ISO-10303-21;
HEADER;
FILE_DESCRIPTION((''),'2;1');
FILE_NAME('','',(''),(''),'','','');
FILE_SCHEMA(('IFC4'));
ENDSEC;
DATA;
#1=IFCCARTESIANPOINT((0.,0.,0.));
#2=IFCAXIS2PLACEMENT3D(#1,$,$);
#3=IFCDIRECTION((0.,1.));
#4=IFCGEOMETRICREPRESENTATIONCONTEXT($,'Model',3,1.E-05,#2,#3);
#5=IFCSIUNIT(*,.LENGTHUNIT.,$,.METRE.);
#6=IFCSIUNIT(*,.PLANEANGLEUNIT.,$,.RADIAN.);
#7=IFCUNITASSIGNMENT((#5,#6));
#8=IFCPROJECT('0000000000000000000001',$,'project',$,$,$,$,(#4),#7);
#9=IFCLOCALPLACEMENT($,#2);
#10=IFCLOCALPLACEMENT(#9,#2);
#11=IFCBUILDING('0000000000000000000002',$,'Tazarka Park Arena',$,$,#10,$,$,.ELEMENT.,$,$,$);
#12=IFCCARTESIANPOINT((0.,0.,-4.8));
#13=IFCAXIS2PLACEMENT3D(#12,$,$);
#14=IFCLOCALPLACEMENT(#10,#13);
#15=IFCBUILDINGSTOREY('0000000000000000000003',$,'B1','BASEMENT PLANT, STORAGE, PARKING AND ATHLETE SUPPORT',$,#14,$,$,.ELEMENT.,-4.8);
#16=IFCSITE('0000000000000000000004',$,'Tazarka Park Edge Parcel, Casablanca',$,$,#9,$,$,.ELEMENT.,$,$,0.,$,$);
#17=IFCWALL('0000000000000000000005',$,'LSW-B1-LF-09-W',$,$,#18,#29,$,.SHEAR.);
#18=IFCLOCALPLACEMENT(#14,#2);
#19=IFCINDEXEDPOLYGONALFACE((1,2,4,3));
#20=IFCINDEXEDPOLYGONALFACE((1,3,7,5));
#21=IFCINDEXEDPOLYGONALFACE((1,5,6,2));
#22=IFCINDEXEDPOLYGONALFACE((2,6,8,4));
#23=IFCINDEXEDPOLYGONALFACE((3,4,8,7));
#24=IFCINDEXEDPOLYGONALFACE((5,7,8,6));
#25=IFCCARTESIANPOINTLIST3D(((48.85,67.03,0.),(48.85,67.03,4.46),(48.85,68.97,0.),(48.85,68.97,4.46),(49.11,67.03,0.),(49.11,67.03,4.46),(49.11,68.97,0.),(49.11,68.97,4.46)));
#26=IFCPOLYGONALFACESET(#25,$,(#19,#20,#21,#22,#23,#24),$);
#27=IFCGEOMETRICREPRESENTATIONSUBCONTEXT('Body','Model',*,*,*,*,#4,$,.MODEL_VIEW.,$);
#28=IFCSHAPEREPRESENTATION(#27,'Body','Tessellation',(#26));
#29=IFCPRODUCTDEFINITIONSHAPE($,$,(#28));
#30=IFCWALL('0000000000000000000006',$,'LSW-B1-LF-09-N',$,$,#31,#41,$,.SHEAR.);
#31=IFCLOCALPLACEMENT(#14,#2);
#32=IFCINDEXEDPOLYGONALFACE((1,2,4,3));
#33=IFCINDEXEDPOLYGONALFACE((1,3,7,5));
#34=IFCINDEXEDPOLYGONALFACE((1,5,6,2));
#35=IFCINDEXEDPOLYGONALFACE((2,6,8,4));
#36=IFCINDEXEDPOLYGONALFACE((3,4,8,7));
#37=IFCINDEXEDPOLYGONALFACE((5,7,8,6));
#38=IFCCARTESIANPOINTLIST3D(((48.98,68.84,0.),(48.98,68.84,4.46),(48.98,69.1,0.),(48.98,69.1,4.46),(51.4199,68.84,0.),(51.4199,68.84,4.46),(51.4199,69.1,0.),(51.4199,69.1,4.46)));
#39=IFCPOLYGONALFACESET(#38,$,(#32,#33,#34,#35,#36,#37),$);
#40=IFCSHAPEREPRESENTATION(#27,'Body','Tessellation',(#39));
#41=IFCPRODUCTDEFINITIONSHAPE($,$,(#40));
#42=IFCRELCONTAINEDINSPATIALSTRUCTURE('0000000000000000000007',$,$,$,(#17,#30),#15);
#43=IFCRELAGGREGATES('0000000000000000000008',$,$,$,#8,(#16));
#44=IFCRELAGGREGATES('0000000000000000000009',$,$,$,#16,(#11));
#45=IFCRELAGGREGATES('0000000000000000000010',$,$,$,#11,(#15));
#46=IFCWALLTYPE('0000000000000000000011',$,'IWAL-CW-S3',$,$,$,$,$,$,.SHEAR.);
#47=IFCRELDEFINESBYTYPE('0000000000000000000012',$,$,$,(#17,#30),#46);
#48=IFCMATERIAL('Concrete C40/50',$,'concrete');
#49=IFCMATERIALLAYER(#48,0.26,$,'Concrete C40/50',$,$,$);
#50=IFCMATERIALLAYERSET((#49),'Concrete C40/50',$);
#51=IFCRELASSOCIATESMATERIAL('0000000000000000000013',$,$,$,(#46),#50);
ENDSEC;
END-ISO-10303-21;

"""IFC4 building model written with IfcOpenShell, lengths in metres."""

from ifc_helpers import new_model, si_unit, direction, frame, frame_2d, origin, place, context, subcontext, project, spatial, rectangle, extrude, material, layer, layer_set, type_object, element, save


model = new_model("IFC4")

# Units and contexts
model_context = context("Model", 3, precision=1e-05, world=origin(), true_north=direction((0.0, 1.0)))
body_context = subcontext(model_context, "Body", "Model", "MODEL_VIEW")
ifc_project = project(units=[si_unit("LENGTHUNIT", "METRE"), si_unit("PLANEANGLEUNIT", "RADIAN")], contexts=[model_context])

# Site, building, storey
site_placement = place(None, origin())
site = spatial("IfcSite", under=ifc_project, at=site_placement, Name="Tazarka Park Edge Parcel, Casablanca", CompositionType="ELEMENT", RefElevation=0.0)
building_placement = place(site_placement, origin())
building = spatial("IfcBuilding", under=site, at=building_placement, Name="Tazarka Park Arena", CompositionType="ELEMENT")
storey_placement = place(building_placement, frame((0.0, 0.0, -4.8)))
storey = spatial("IfcBuildingStorey", under=building, at=storey_placement, Name="B1", Description="BASEMENT PLANT, STORAGE, PARKING AND ATHLETE SUPPORT", CompositionType="ELEMENT", Elevation=-4.8)

# Walls
ifc_material_1 = material(Name="Concrete C40/50", Category="concrete")
ifc_layer_1 = layer(ifc_material_1, 0.26, Name="Concrete C40/50")
ifc_layer_set_1 = layer_set([ifc_layer_1], Name="Concrete C40/50")
wall_type_1 = type_object("IfcWallType", Name="IWAL-CW-S3", PredefinedType="SHEAR", material=ifc_layer_set_1)
wall_1_placement = place(storey_placement, frame((48.98, 67.03, 0.0), z_axis=(0.0, 0.0, 1.0), x_axis=(0.0, 1.0, 0.0)))
element("IfcWall", 1, at=wall_1_placement, inside=storey, type_object=wall_type_1, Name="LSW-B1-LF-09-W", PredefinedType="SHEAR", context=body_context, shape_type="SweptSolid", body=[
    extrude(rectangle(XDim=1.9399, YDim=0.26, at=frame_2d((0.97, 0.0))), origin(), (0.0, 0.0, 1.0), 4.46),
])
wall_2_placement = place(storey_placement, frame((48.98, 68.97, 0.0), z_axis=(0.0, 0.0, 1.0), x_axis=(1.0, 0.0, 0.0)))
element("IfcWall", 2, at=wall_2_placement, inside=storey, type_object=wall_type_1, Name="LSW-B1-LF-09-N", PredefinedType="SHEAR", context=body_context, shape_type="SweptSolid", body=[
    extrude(rectangle(XDim=2.4399, YDim=0.26, at=frame_2d((1.22, 0.0))), origin(), (0.0, 0.0, 1.0), 4.46),
])

save(model, "model.ifc")
